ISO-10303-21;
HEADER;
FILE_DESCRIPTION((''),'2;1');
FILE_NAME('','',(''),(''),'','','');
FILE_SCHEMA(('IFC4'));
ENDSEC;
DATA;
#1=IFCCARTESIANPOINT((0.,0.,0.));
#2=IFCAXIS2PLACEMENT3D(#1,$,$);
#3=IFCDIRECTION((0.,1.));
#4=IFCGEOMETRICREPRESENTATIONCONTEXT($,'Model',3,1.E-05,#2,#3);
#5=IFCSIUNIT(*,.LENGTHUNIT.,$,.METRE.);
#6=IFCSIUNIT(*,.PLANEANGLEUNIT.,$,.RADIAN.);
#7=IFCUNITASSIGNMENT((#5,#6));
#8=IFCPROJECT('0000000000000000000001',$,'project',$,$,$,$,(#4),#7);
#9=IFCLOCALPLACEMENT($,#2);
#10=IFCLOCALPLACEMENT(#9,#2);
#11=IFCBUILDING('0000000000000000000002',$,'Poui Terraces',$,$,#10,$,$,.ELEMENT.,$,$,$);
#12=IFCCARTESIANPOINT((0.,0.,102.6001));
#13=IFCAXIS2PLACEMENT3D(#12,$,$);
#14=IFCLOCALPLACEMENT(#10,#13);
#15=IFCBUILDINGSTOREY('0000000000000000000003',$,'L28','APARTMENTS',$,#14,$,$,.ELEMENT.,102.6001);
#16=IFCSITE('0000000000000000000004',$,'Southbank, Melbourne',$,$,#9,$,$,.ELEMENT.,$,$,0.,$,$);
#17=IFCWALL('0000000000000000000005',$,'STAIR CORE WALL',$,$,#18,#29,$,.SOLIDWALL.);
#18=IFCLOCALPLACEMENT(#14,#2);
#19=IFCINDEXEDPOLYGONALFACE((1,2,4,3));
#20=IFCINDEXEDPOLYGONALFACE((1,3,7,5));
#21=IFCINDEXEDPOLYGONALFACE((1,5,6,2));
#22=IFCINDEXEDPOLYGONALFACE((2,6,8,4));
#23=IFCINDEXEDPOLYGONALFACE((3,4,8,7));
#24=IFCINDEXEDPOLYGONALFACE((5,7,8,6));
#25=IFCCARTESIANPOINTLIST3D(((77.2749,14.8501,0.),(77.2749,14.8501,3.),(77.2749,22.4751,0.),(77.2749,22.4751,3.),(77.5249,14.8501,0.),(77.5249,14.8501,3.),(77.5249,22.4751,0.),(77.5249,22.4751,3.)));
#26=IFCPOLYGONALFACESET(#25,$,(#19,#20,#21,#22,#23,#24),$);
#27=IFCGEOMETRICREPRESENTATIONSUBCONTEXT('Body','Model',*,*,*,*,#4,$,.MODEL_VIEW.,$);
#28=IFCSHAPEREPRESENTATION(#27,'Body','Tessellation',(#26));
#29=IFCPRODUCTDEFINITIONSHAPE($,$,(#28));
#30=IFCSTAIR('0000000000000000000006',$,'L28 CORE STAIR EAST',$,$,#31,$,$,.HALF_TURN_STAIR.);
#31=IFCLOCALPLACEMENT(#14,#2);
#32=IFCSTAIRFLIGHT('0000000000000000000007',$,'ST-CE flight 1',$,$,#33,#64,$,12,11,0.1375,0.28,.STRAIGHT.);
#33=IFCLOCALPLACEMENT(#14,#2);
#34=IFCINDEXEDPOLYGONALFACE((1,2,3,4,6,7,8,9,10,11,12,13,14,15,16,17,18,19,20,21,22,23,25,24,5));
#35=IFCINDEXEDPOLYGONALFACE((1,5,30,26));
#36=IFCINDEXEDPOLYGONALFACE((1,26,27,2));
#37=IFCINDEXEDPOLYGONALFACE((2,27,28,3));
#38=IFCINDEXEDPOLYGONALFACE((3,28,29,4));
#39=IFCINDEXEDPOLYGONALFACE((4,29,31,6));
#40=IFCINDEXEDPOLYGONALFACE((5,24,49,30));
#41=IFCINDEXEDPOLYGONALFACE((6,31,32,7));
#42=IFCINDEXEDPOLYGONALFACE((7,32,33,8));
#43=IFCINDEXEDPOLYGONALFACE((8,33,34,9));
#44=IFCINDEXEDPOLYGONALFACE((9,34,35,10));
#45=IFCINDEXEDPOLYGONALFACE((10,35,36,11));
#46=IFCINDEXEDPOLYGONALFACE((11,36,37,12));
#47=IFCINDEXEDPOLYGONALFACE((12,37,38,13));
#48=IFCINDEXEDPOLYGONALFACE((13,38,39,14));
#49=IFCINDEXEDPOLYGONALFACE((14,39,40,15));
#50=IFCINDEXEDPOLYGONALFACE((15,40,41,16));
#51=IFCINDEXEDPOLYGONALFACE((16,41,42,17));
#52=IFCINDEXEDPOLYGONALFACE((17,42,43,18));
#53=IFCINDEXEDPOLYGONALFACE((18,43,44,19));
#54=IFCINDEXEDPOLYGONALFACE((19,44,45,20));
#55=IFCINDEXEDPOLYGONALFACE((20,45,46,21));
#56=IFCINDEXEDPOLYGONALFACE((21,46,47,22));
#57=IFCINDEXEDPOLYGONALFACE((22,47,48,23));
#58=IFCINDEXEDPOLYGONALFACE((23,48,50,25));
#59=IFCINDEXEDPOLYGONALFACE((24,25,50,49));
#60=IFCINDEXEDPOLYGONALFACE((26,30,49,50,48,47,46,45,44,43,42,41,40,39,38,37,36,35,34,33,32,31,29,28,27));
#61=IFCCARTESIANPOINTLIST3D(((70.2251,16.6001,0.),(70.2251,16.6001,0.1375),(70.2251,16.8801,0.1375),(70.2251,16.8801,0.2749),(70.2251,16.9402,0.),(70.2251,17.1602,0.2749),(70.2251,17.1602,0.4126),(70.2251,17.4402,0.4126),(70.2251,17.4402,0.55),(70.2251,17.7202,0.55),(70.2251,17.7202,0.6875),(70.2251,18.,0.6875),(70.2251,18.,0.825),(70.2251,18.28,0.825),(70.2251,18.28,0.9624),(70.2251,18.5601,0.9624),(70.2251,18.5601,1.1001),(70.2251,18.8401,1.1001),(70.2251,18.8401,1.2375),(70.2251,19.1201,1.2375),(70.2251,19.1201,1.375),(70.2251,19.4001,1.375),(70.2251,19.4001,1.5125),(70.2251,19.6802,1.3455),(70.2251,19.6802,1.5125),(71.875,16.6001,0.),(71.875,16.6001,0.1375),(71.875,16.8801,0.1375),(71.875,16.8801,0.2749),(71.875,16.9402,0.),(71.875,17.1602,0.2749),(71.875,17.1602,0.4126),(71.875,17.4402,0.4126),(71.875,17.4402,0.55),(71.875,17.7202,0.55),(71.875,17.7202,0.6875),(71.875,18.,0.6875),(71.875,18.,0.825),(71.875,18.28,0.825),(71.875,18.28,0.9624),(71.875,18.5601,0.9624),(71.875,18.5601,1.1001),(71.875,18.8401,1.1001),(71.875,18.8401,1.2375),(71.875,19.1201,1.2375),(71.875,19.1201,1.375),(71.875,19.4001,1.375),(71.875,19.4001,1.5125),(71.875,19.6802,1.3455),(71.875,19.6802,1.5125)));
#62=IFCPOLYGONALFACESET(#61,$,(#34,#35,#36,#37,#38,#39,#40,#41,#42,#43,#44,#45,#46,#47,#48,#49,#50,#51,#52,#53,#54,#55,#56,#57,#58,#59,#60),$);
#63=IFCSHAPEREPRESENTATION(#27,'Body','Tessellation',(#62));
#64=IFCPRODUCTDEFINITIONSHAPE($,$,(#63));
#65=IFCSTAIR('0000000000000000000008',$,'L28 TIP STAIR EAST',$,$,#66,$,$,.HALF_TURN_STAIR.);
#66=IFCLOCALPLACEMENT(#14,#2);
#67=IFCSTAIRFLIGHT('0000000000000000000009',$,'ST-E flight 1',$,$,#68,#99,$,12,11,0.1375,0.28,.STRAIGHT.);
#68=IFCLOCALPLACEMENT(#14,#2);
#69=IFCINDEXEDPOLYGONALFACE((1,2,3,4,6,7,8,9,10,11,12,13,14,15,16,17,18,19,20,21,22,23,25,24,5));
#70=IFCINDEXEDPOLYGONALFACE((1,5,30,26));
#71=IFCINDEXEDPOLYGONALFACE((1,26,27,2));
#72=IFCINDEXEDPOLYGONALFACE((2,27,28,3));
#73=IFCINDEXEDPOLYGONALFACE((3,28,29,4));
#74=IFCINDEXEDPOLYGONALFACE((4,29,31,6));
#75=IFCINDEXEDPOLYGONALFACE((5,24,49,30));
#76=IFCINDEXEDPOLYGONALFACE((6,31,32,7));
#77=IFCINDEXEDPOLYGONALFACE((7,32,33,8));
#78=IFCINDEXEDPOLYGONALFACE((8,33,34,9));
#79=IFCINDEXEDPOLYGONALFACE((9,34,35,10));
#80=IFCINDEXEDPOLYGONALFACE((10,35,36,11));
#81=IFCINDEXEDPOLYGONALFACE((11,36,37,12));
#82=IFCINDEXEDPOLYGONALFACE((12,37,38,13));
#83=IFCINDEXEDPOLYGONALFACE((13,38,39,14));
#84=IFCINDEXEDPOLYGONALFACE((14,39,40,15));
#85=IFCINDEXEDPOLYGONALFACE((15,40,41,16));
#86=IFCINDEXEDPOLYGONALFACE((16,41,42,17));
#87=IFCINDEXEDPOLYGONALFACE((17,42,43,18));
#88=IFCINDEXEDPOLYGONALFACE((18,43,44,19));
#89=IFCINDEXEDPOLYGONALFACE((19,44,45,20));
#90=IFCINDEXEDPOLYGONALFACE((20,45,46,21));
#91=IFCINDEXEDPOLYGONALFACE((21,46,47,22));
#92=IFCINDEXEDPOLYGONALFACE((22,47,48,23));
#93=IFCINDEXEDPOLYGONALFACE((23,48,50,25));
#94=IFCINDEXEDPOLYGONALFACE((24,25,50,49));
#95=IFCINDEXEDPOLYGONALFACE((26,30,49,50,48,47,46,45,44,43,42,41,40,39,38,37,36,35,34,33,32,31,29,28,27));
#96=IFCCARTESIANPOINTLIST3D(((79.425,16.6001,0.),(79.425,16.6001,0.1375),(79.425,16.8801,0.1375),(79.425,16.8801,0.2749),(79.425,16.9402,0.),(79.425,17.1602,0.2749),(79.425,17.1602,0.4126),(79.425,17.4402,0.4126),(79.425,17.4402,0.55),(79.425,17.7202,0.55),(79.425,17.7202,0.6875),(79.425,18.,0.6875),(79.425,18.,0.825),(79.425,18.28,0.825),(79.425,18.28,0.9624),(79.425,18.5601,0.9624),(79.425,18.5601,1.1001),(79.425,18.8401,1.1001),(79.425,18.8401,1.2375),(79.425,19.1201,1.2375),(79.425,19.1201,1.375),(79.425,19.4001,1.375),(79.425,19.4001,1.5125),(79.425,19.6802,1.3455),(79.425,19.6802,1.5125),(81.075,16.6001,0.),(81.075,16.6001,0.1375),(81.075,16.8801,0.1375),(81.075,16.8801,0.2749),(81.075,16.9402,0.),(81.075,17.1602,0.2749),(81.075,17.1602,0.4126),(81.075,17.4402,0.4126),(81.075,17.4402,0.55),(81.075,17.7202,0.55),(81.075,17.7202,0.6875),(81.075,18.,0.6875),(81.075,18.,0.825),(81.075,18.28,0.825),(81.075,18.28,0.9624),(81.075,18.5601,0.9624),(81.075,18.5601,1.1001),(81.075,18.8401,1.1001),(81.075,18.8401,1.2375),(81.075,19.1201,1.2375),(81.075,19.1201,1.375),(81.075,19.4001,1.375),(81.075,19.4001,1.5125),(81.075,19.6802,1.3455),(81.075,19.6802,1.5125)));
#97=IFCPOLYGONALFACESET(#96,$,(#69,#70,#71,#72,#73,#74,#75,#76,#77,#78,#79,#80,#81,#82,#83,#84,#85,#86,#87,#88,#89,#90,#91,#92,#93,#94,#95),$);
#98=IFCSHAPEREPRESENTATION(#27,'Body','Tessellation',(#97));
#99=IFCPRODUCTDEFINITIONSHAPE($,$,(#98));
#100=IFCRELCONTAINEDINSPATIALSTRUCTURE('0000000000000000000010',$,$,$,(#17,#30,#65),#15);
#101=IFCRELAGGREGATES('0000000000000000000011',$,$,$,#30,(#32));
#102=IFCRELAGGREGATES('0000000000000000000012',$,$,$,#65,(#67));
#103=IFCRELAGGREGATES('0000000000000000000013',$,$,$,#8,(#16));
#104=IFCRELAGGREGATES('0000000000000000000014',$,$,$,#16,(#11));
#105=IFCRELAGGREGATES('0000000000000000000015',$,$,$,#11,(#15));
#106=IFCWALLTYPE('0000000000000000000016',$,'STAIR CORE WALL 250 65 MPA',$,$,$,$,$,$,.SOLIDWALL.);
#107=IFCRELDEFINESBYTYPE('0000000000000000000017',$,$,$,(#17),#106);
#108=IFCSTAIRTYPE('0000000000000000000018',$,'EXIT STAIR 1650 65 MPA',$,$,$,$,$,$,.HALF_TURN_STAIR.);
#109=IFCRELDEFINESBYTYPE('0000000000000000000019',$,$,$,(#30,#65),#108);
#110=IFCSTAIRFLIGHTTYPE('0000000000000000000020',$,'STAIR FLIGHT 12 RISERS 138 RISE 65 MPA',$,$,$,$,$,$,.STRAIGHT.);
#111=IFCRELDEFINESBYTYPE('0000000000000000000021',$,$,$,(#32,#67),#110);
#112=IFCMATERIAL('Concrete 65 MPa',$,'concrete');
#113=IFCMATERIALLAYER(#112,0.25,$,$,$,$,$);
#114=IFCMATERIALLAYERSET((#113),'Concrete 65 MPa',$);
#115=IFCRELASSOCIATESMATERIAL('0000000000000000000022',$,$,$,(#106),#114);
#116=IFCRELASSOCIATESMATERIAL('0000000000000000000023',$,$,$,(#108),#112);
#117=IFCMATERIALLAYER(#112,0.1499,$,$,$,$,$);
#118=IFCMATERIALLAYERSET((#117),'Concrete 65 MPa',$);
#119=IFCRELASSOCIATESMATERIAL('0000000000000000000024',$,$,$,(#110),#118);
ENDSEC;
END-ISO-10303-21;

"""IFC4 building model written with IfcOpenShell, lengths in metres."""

from ifc_helpers import new_model, si_unit, direction, frame, frame_2d, origin, place, context, subcontext, project, spatial, polyline, rectangle, outline, extrude, material, layer, layer_set, type_object, element, aggregate, save


model = new_model("IFC4")

# Units and contexts
model_context = context("Model", 3, precision=1e-05, world=origin(), true_north=direction((0.0, 1.0)))
body_context = subcontext(model_context, "Body", "Model", "MODEL_VIEW")
ifc_project = project(units=[si_unit("LENGTHUNIT", "METRE"), si_unit("PLANEANGLEUNIT", "RADIAN")], contexts=[model_context])

# Site, building, storey
site_placement = place(None, origin())
site = spatial("IfcSite", under=ifc_project, at=site_placement, Name="Southbank, Melbourne", CompositionType="ELEMENT", RefElevation=0.0)
building_placement = place(site_placement, origin())
building = spatial("IfcBuilding", under=site, at=building_placement, Name="Poui Terraces", CompositionType="ELEMENT")
storey_placement = place(building_placement, frame((0.0, 0.0, 102.6001)))
storey = spatial("IfcBuildingStorey", under=building, at=storey_placement, Name="L28", Description="APARTMENTS", CompositionType="ELEMENT", Elevation=102.6001)

# Shared definitions
ifc_material_1 = material(Name="Concrete 65 MPa", Category="concrete")

# Wall
ifc_layer_1 = layer(ifc_material_1, 0.25)
ifc_layer_set_1 = layer_set([ifc_layer_1], Name="Concrete 65 MPa")
wall_type_1 = type_object("IfcWallType", Name="STAIR CORE WALL 250 65 MPA", PredefinedType="SOLIDWALL", material=ifc_layer_set_1)
for number, where, z_axis, x_axis, name in (
    (1, (77.3999, 14.8501, 0.0), (0.0, 0.0, 1.0), (0.0, 1.0, 0.0), "STAIR CORE WALL"),
):
    element("IfcWall", number, at=place(storey_placement, frame(where, z_axis=z_axis, x_axis=x_axis)), inside=storey, type_object=wall_type_1, Name=name, PredefinedType="SOLIDWALL", context=body_context, shape_type="SweptSolid", body=[
        extrude(rectangle(XDim=7.625, YDim=0.25, at=frame_2d((3.8125, 0.0))), origin(), (0.0, 0.0, 1.0), 3.0),
    ])

# Stairs, stair flights
stair_type = type_object("IfcStairType", Name="EXIT STAIR 1650 65 MPA", PredefinedType="HALF_TURN_STAIR", material=ifc_material_1)
stair_1_placement = place(storey_placement, origin())
stair_1 = element("IfcStair", 2, at=stair_1_placement, inside=storey, type_object=stair_type, Name="L28 CORE STAIR EAST", PredefinedType="HALF_TURN_STAIR")
ifc_layer_2 = layer(ifc_material_1, 0.1499)
ifc_layer_set_2 = layer_set([ifc_layer_2], Name="Concrete 65 MPa")
stair_flight_type = type_object("IfcStairFlightType", Name="STAIR FLIGHT 12 RISERS 138 RISE 65 MPA", PredefinedType="STRAIGHT", material=ifc_layer_set_2)
stair_flight_1_placement = place(storey_placement, frame((71.05, 16.6001, 0.0), z_axis=(0.0, 0.0, 1.0), x_axis=(0.0, 1.0, 0.0)))
stair_flight_1 = element("IfcStairFlight", 3, at=stair_flight_1_placement, type_object=stair_flight_type, Name="ST-CE flight 1", NumberOfRisers=12, NumberOfTreads=11, PredefinedType="STRAIGHT", RiserHeight=0.1375, TreadLength=0.28, context=body_context, shape_type="SweptSolid", body=[
    extrude(outline(polyline([(0.0, 0.0), (0.0, 0.1375), (0.28, 0.1375), (0.28, 0.2749), (0.5601, 0.2749), (0.5601, 0.4126), (0.8401, 0.4126), (0.8401, 0.55), (1.1201, 0.55), (1.1201, 0.6875), (1.3999, 0.6875), (1.3999, 0.825), (1.6799, 0.825), (1.6799, 0.9624), (1.96, 0.9624), (1.96, 1.1001), (2.24, 1.1001), (2.24, 1.2375), (2.52, 1.2375), (2.52, 1.375), (2.8, 1.375), (2.8, 1.5125), (3.0801, 1.5125), (3.0801, 1.6499), (3.0801, 1.3455), (0.3401, 0.0), (0.0, 0.0)])), frame((0.0, 0.825, 0.0), z_axis=(0.0, -1.0, 0.0), x_axis=(1.0, 0.0, 0.0)), (0.0, 0.0, 1.0), 1.6499),
])
aggregate(stair_1, [stair_flight_1])
stair_2_placement = place(storey_placement, origin())
stair_2 = element("IfcStair", 4, at=stair_2_placement, inside=storey, type_object=stair_type, Name="L28 TIP STAIR EAST", PredefinedType="HALF_TURN_STAIR")
stair_flight_2_placement = place(storey_placement, frame((80.25, 16.6001, 0.0), z_axis=(0.0, 0.0, 1.0), x_axis=(0.0, 1.0, 0.0)))
stair_flight_2 = element("IfcStairFlight", 5, at=stair_flight_2_placement, type_object=stair_flight_type, Name="ST-E flight 1", NumberOfRisers=12, NumberOfTreads=11, PredefinedType="STRAIGHT", RiserHeight=0.1375, TreadLength=0.28, context=body_context, shape_type="SweptSolid", body=[
    extrude(outline(polyline([(0.0, 0.0), (0.0, 0.1375), (0.28, 0.1375), (0.28, 0.2749), (0.5601, 0.2749), (0.5601, 0.4126), (0.8401, 0.4126), (0.8401, 0.55), (1.1201, 0.55), (1.1201, 0.6875), (1.3999, 0.6875), (1.3999, 0.825), (1.6799, 0.825), (1.6799, 0.9624), (1.96, 0.9624), (1.96, 1.1001), (2.24, 1.1001), (2.24, 1.2375), (2.52, 1.2375), (2.52, 1.375), (2.8, 1.375), (2.8, 1.5125), (3.0801, 1.5125), (3.0801, 1.6499), (3.0801, 1.3455), (0.3401, 0.0), (0.0, 0.0)])), frame((0.0, 0.825, 0.0), z_axis=(0.0, -1.0, 0.0), x_axis=(1.0, 0.0, 0.0)), (0.0, 0.0, 1.0), 1.6499),
])
aggregate(stair_2, [stair_flight_2])

save(model, "model.ifc")
